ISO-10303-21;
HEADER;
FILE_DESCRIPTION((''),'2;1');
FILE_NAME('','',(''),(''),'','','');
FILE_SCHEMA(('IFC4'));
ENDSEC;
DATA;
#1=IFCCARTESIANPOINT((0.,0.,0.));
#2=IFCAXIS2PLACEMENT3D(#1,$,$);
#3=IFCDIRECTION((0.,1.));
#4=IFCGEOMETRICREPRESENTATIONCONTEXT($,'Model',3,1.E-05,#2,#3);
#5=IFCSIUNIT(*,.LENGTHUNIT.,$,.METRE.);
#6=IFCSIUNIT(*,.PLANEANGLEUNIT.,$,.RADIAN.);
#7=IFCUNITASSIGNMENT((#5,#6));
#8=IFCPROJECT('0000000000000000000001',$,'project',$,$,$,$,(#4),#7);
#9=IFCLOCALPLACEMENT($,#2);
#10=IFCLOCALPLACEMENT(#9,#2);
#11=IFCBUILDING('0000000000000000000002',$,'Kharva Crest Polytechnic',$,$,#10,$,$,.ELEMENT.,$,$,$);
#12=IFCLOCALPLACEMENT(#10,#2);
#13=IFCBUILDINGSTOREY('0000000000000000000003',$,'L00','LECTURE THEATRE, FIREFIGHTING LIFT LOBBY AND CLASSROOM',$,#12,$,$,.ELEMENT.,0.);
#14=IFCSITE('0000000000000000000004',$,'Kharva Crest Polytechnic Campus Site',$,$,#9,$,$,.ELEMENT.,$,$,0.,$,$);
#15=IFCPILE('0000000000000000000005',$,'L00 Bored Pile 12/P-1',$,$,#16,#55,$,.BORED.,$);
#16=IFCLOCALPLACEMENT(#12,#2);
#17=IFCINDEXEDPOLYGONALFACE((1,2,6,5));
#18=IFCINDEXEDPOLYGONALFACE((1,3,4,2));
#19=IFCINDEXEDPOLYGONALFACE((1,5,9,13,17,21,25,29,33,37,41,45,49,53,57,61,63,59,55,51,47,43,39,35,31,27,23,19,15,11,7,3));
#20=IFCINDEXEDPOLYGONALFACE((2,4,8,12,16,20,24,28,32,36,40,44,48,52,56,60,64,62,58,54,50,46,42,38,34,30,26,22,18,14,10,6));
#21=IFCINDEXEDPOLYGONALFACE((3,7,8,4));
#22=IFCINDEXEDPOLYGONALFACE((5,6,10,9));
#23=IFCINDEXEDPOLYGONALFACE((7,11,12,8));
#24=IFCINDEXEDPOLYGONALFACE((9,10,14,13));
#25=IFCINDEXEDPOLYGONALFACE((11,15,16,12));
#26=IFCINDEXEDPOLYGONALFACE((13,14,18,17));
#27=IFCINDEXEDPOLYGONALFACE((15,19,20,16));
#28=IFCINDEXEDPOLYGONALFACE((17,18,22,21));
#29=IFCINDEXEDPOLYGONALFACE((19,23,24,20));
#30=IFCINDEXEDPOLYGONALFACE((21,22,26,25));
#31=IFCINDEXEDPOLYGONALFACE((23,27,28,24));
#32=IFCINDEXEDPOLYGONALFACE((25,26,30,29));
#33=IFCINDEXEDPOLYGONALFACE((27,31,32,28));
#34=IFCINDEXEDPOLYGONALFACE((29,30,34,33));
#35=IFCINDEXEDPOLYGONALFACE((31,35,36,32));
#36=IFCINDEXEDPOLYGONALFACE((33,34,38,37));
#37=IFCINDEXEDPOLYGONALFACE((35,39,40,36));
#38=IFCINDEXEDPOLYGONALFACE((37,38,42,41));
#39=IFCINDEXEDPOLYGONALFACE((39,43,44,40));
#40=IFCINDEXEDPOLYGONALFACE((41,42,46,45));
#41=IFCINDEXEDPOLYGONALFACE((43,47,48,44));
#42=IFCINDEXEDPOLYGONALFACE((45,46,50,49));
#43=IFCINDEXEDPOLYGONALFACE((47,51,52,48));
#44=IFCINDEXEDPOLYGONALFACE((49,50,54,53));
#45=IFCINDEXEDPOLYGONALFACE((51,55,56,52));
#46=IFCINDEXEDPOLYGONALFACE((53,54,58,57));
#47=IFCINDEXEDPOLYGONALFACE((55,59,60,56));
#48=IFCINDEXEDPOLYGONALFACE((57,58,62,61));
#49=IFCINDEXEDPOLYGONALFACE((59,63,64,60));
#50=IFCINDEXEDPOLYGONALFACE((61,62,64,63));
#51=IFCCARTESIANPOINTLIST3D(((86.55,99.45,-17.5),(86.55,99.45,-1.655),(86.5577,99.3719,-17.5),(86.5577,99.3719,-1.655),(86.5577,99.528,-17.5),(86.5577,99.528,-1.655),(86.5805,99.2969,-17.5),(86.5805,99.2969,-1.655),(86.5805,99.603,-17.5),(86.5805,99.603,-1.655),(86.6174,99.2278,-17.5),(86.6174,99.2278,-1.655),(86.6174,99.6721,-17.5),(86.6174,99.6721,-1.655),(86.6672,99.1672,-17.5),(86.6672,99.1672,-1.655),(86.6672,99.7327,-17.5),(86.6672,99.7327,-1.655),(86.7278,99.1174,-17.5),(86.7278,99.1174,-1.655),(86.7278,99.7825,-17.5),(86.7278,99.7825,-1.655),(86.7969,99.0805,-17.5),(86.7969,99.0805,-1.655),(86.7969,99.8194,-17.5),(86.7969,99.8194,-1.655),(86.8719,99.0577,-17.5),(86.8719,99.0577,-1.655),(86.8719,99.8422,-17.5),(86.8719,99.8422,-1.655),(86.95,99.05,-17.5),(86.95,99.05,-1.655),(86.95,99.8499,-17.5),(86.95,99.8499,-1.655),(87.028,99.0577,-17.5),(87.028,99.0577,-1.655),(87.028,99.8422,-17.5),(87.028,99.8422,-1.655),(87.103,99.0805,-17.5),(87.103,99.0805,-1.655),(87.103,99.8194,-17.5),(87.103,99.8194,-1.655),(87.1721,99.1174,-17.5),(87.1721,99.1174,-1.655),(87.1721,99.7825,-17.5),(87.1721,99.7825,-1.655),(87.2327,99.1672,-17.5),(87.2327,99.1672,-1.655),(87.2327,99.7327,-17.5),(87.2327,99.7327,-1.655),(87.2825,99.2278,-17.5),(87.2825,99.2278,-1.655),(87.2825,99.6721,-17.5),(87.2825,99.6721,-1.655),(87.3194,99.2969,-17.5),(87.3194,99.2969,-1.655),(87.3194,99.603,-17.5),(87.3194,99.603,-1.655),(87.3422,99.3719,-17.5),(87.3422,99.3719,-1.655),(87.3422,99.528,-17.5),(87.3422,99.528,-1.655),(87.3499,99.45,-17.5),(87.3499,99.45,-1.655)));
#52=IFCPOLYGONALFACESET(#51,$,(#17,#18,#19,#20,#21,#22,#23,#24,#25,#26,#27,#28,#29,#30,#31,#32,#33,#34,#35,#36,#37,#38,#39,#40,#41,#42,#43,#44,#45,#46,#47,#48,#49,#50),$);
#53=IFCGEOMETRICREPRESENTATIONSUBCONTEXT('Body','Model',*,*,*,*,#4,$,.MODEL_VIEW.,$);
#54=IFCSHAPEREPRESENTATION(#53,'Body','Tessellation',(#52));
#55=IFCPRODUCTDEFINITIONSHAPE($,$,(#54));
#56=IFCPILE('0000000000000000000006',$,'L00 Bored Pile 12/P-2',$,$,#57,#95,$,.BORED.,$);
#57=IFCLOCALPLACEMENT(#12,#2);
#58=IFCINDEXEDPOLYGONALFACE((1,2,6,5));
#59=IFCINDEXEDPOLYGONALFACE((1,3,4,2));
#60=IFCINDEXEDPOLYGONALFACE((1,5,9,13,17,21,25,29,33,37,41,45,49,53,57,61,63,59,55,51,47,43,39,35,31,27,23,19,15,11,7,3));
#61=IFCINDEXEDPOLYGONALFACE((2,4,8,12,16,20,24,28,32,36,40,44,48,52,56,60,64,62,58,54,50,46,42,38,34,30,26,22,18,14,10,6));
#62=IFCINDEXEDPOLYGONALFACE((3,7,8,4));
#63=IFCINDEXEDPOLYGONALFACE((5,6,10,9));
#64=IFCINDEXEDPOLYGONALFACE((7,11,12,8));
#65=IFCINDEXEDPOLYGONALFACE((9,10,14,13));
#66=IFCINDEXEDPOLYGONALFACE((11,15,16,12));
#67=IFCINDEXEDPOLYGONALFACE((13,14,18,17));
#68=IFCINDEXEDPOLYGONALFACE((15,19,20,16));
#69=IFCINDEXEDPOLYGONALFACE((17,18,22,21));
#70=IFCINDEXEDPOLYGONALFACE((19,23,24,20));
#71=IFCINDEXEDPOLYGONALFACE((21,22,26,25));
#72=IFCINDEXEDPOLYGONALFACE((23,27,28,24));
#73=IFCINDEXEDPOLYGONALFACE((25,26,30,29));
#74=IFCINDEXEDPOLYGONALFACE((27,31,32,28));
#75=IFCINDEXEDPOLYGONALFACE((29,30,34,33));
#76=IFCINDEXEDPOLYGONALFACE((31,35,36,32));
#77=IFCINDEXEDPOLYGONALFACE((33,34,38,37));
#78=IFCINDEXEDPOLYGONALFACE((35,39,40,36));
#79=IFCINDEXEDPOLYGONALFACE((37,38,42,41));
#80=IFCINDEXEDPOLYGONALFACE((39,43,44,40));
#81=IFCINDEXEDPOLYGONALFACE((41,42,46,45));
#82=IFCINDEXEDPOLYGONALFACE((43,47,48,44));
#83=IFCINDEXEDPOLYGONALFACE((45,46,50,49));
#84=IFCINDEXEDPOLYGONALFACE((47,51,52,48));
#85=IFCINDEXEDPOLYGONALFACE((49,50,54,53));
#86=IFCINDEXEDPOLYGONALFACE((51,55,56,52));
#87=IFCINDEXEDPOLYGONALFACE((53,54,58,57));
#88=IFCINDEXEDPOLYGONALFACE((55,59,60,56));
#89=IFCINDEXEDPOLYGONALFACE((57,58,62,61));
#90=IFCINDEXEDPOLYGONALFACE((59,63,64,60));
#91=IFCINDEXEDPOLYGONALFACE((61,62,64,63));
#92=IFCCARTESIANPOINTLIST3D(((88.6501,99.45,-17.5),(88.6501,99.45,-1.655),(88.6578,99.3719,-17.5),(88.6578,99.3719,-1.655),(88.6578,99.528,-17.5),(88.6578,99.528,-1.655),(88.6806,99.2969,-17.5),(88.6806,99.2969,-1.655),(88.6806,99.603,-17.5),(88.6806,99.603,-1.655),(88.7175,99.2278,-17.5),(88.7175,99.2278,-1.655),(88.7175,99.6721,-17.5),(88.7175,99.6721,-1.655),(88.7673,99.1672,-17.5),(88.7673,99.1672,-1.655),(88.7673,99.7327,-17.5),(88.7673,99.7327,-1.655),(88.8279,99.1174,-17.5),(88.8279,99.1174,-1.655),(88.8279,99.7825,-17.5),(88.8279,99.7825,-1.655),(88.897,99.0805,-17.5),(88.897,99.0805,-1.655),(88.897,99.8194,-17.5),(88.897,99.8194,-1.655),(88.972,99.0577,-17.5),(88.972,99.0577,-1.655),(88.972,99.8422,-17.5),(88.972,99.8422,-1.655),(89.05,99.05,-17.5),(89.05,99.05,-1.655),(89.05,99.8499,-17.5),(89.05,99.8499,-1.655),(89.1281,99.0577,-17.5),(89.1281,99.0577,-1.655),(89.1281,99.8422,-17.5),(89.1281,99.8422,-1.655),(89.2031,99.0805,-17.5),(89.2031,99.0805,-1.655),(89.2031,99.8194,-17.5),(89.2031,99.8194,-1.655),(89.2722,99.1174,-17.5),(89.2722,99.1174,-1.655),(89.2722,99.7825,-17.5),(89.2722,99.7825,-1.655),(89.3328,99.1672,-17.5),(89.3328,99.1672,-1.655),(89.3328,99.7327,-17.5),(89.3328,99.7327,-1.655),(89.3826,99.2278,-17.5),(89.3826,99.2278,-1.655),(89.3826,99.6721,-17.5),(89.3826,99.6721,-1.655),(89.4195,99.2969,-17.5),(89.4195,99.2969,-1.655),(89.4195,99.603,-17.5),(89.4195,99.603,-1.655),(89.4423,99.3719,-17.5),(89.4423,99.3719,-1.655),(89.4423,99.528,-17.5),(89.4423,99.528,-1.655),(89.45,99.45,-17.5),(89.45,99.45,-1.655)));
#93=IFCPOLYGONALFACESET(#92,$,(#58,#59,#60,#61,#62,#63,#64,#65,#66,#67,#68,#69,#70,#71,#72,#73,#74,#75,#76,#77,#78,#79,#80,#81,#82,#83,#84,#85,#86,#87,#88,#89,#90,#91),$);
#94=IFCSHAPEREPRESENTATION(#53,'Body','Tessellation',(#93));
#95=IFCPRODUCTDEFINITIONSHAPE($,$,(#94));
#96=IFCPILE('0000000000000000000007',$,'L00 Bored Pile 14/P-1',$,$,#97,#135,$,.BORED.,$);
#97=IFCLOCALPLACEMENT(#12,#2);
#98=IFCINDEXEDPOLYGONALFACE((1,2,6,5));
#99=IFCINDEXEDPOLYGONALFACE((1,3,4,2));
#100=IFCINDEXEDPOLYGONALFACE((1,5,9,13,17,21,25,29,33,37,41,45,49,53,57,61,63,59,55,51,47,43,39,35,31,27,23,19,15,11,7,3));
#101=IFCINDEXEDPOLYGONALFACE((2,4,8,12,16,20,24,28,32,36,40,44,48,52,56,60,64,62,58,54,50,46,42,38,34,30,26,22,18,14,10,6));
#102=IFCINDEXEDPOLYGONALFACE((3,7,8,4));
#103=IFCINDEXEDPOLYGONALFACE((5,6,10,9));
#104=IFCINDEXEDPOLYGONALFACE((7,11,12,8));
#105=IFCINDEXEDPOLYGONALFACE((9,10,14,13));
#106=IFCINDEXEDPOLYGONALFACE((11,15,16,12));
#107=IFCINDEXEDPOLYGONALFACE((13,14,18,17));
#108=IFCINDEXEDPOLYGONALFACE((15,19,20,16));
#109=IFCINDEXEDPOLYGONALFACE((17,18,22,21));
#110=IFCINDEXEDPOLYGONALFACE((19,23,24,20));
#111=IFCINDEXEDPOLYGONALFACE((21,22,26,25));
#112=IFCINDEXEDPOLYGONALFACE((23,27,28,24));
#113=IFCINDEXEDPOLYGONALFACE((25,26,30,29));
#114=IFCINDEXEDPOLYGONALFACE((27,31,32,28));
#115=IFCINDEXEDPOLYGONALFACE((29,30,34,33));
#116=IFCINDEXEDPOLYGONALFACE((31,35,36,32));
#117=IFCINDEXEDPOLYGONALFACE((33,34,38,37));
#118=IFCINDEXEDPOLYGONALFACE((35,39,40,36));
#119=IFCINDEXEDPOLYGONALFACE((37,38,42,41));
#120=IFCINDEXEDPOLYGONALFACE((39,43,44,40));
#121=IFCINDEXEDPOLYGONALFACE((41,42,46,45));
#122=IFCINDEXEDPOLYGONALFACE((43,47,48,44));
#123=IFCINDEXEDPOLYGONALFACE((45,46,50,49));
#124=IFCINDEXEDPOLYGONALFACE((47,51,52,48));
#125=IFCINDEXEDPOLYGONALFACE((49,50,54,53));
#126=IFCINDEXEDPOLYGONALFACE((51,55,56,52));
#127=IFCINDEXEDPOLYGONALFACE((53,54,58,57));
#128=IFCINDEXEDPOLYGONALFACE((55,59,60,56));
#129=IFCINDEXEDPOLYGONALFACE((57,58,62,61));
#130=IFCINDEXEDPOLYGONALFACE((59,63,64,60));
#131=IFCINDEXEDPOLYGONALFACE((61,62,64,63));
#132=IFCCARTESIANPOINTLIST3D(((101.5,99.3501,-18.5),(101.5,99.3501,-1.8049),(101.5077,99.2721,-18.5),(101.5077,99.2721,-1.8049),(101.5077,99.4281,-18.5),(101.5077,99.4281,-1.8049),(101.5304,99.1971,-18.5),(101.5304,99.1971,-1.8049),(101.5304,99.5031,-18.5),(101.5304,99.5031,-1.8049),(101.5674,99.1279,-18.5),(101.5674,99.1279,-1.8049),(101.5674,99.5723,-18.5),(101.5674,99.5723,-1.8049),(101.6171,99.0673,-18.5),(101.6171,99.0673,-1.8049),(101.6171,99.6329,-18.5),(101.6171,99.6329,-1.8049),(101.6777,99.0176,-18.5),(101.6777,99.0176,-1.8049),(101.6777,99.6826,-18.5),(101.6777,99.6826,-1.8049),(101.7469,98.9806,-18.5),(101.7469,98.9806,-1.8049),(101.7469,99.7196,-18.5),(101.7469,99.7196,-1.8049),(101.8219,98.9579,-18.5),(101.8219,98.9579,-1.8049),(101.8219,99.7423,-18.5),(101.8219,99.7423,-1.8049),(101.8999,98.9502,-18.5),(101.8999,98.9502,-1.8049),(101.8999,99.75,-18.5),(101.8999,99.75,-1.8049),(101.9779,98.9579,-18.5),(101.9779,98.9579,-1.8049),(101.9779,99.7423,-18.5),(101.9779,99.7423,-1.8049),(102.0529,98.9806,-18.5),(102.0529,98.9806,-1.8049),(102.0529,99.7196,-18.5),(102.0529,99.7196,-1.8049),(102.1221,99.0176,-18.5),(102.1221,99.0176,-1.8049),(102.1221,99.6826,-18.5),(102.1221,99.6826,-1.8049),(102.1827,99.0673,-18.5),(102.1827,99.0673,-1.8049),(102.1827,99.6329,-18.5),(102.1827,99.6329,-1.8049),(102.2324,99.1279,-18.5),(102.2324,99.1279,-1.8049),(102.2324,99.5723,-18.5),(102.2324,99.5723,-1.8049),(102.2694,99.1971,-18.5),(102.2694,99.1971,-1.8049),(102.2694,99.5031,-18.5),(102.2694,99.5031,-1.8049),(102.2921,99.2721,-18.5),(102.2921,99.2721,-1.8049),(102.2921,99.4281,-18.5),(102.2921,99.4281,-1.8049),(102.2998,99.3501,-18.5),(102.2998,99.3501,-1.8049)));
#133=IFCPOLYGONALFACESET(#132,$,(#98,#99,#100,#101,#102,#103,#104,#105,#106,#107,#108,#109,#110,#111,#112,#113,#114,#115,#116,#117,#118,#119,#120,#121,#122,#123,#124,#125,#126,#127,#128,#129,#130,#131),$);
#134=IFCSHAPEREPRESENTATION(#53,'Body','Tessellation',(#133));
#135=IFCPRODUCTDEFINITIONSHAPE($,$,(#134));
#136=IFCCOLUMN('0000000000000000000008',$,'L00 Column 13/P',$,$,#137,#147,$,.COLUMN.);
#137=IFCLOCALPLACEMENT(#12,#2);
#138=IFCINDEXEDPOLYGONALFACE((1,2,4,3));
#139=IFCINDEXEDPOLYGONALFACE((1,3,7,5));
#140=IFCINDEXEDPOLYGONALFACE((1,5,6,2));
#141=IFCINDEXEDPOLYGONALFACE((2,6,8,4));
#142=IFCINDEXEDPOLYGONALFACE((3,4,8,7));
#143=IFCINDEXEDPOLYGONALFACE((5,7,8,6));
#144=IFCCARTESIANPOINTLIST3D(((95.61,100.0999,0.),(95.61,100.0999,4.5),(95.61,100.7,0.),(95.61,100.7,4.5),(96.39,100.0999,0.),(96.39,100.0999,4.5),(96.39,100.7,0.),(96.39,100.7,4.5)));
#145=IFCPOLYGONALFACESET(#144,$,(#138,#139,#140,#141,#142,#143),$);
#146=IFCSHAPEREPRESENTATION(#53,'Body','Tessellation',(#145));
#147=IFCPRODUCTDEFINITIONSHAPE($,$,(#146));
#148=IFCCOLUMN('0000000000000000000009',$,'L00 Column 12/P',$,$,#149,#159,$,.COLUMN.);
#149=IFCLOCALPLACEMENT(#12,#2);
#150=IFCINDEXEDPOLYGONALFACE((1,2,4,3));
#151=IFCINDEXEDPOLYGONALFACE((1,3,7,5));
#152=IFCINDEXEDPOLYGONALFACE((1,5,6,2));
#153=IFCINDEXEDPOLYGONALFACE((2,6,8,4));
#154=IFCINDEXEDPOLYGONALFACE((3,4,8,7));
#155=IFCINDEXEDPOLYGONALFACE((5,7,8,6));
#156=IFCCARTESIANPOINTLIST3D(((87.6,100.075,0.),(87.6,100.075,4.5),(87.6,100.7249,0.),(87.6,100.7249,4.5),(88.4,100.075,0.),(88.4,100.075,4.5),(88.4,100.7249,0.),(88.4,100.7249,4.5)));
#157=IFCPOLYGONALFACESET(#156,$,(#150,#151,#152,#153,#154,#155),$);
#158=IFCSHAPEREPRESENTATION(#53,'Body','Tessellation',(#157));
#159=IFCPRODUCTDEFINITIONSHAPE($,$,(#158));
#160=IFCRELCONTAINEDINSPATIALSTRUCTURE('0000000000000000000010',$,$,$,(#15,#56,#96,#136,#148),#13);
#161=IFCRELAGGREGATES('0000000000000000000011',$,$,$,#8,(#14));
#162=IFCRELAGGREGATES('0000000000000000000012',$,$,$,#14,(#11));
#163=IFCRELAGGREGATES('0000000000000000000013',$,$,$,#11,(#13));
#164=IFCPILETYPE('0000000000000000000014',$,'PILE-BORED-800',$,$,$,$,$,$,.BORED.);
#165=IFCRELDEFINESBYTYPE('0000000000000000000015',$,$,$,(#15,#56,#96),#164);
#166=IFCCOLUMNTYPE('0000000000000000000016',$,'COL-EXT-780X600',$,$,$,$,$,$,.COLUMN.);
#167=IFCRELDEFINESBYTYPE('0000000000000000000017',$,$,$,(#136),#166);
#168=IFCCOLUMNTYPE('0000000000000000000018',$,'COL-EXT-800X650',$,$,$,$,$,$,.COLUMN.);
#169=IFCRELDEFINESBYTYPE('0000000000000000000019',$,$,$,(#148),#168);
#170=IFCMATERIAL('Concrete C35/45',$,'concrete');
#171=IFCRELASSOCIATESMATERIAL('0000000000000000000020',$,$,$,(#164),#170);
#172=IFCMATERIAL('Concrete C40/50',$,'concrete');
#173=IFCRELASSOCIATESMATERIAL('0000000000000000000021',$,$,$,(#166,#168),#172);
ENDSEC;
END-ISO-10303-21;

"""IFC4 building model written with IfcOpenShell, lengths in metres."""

from ifc_helpers import new_model, si_unit, direction, frame, origin, origin_2d, place, context, subcontext, project, spatial, rectangle, circle, extrude, material, material_profile, profile_set, type_object, element, save


model = new_model("IFC4")

# Units and contexts
model_context = context("Model", 3, precision=1e-05, world=origin(), true_north=direction((0.0, 1.0)))
body_context = subcontext(model_context, "Body", "Model", "MODEL_VIEW")
ifc_project = project(units=[si_unit("LENGTHUNIT", "METRE"), si_unit("PLANEANGLEUNIT", "RADIAN")], contexts=[model_context])

# Site, building, storey
site_placement = place(None, origin())
site = spatial("IfcSite", under=ifc_project, at=site_placement, Name="Kharva Crest Polytechnic Campus Site", CompositionType="ELEMENT", RefElevation=0.0)
building_placement = place(site_placement, origin())
building = spatial("IfcBuilding", under=site, at=building_placement, Name="Kharva Crest Polytechnic", CompositionType="ELEMENT")
storey_placement = place(building_placement, origin())
storey = spatial("IfcBuildingStorey", under=building, at=storey_placement, Name="L00", Description="LECTURE THEATRE, FIREFIGHTING LIFT LOBBY AND CLASSROOM", CompositionType="ELEMENT", Elevation=0.0)

# Shared definitions
ifc_material_1 = material(Name="Concrete C35/45", Category="concrete")

# Piles
ifc_material_profile_1 = material_profile(ifc_material_1, circle(Radius=0.3999, at=origin_2d()), Name="DIA 800")
ifc_profile_set_1 = profile_set([ifc_material_profile_1], Name="Concrete C35/45")
pile_type_1 = type_object("IfcPileType", Name="PILE-BORED-800", PredefinedType="BORED", material=ifc_profile_set_1)
for number, where, z_axis, x_axis, name in (
    (1, (86.95, 99.45, -1.655), (0.0, 0.0, -1.0), (1.0, 0.0, 0.0), "L00 Bored Pile 12/P-1"),
    (2, (89.05, 99.45, -1.655), (0.0, 0.0, -1.0), (1.0, 0.0, 0.0), "L00 Bored Pile 12/P-2"),
):
    element("IfcPile", number, at=place(storey_placement, frame(where, z_axis=z_axis, x_axis=x_axis)), inside=storey, type_object=pile_type_1, Name=name, PredefinedType="BORED", context=body_context, shape_type="SweptSolid", body=[
        extrude(circle(Radius=0.3999, at=origin_2d()), origin(), (0.0, 0.0, 1.0), 15.845),
    ])
pile_placement = place(storey_placement, frame((101.8999, 99.3501, -1.8049), z_axis=(0.0, 0.0, -1.0), x_axis=(1.0, 0.0, 0.0)))
element("IfcPile", 3, at=pile_placement, inside=storey, type_object=pile_type_1, Name="L00 Bored Pile 14/P-1", PredefinedType="BORED", context=body_context, shape_type="SweptSolid", body=[
    extrude(circle(Radius=0.3999, at=origin_2d()), origin(), (0.0, 0.0, 1.0), 16.6951),
])

# Columns
ifc_material_2 = material(Name="Concrete C40/50", Category="concrete")
ifc_material_profile_2 = material_profile(ifc_material_2, rectangle(XDim=0.78, YDim=0.6001, at=origin_2d()), Name="RECT 780 X 600")
ifc_profile_set_2 = profile_set([ifc_material_profile_2], Name="Concrete C40/50")
column_type_1 = type_object("IfcColumnType", Name="COL-EXT-780X600", PredefinedType="COLUMN", material=ifc_profile_set_2)
column_1_placement = place(storey_placement, frame((96.0, 100.3999, 0.0), z_axis=(0.0, 0.0, 1.0), x_axis=(1.0, 0.0, 0.0)))
element("IfcColumn", 4, at=column_1_placement, inside=storey, type_object=column_type_1, Name="L00 Column 13/P", PredefinedType="COLUMN", context=body_context, shape_type="SweptSolid", body=[
    extrude(rectangle(XDim=0.78, YDim=0.6001, at=origin_2d()), origin(), (0.0, 0.0, 1.0), 4.5),
])
ifc_material_profile_3 = material_profile(ifc_material_2, rectangle(XDim=0.8, YDim=0.6499, at=origin_2d()), Name="RECT 800 X 650")
ifc_profile_set_3 = profile_set([ifc_material_profile_3], Name="Concrete C40/50")
column_type_2 = type_object("IfcColumnType", Name="COL-EXT-800X650", PredefinedType="COLUMN", material=ifc_profile_set_3)
column_2_placement = place(storey_placement, frame((88.0, 100.3999, 0.0), z_axis=(0.0, 0.0, 1.0), x_axis=(1.0, 0.0, 0.0)))
element("IfcColumn", 5, at=column_2_placement, inside=storey, type_object=column_type_2, Name="L00 Column 12/P", PredefinedType="COLUMN", context=body_context, shape_type="SweptSolid", body=[
    extrude(rectangle(XDim=0.8, YDim=0.6499, at=origin_2d()), origin(), (0.0, 0.0, 1.0), 4.5),
])

save(model, "model.ifc")
